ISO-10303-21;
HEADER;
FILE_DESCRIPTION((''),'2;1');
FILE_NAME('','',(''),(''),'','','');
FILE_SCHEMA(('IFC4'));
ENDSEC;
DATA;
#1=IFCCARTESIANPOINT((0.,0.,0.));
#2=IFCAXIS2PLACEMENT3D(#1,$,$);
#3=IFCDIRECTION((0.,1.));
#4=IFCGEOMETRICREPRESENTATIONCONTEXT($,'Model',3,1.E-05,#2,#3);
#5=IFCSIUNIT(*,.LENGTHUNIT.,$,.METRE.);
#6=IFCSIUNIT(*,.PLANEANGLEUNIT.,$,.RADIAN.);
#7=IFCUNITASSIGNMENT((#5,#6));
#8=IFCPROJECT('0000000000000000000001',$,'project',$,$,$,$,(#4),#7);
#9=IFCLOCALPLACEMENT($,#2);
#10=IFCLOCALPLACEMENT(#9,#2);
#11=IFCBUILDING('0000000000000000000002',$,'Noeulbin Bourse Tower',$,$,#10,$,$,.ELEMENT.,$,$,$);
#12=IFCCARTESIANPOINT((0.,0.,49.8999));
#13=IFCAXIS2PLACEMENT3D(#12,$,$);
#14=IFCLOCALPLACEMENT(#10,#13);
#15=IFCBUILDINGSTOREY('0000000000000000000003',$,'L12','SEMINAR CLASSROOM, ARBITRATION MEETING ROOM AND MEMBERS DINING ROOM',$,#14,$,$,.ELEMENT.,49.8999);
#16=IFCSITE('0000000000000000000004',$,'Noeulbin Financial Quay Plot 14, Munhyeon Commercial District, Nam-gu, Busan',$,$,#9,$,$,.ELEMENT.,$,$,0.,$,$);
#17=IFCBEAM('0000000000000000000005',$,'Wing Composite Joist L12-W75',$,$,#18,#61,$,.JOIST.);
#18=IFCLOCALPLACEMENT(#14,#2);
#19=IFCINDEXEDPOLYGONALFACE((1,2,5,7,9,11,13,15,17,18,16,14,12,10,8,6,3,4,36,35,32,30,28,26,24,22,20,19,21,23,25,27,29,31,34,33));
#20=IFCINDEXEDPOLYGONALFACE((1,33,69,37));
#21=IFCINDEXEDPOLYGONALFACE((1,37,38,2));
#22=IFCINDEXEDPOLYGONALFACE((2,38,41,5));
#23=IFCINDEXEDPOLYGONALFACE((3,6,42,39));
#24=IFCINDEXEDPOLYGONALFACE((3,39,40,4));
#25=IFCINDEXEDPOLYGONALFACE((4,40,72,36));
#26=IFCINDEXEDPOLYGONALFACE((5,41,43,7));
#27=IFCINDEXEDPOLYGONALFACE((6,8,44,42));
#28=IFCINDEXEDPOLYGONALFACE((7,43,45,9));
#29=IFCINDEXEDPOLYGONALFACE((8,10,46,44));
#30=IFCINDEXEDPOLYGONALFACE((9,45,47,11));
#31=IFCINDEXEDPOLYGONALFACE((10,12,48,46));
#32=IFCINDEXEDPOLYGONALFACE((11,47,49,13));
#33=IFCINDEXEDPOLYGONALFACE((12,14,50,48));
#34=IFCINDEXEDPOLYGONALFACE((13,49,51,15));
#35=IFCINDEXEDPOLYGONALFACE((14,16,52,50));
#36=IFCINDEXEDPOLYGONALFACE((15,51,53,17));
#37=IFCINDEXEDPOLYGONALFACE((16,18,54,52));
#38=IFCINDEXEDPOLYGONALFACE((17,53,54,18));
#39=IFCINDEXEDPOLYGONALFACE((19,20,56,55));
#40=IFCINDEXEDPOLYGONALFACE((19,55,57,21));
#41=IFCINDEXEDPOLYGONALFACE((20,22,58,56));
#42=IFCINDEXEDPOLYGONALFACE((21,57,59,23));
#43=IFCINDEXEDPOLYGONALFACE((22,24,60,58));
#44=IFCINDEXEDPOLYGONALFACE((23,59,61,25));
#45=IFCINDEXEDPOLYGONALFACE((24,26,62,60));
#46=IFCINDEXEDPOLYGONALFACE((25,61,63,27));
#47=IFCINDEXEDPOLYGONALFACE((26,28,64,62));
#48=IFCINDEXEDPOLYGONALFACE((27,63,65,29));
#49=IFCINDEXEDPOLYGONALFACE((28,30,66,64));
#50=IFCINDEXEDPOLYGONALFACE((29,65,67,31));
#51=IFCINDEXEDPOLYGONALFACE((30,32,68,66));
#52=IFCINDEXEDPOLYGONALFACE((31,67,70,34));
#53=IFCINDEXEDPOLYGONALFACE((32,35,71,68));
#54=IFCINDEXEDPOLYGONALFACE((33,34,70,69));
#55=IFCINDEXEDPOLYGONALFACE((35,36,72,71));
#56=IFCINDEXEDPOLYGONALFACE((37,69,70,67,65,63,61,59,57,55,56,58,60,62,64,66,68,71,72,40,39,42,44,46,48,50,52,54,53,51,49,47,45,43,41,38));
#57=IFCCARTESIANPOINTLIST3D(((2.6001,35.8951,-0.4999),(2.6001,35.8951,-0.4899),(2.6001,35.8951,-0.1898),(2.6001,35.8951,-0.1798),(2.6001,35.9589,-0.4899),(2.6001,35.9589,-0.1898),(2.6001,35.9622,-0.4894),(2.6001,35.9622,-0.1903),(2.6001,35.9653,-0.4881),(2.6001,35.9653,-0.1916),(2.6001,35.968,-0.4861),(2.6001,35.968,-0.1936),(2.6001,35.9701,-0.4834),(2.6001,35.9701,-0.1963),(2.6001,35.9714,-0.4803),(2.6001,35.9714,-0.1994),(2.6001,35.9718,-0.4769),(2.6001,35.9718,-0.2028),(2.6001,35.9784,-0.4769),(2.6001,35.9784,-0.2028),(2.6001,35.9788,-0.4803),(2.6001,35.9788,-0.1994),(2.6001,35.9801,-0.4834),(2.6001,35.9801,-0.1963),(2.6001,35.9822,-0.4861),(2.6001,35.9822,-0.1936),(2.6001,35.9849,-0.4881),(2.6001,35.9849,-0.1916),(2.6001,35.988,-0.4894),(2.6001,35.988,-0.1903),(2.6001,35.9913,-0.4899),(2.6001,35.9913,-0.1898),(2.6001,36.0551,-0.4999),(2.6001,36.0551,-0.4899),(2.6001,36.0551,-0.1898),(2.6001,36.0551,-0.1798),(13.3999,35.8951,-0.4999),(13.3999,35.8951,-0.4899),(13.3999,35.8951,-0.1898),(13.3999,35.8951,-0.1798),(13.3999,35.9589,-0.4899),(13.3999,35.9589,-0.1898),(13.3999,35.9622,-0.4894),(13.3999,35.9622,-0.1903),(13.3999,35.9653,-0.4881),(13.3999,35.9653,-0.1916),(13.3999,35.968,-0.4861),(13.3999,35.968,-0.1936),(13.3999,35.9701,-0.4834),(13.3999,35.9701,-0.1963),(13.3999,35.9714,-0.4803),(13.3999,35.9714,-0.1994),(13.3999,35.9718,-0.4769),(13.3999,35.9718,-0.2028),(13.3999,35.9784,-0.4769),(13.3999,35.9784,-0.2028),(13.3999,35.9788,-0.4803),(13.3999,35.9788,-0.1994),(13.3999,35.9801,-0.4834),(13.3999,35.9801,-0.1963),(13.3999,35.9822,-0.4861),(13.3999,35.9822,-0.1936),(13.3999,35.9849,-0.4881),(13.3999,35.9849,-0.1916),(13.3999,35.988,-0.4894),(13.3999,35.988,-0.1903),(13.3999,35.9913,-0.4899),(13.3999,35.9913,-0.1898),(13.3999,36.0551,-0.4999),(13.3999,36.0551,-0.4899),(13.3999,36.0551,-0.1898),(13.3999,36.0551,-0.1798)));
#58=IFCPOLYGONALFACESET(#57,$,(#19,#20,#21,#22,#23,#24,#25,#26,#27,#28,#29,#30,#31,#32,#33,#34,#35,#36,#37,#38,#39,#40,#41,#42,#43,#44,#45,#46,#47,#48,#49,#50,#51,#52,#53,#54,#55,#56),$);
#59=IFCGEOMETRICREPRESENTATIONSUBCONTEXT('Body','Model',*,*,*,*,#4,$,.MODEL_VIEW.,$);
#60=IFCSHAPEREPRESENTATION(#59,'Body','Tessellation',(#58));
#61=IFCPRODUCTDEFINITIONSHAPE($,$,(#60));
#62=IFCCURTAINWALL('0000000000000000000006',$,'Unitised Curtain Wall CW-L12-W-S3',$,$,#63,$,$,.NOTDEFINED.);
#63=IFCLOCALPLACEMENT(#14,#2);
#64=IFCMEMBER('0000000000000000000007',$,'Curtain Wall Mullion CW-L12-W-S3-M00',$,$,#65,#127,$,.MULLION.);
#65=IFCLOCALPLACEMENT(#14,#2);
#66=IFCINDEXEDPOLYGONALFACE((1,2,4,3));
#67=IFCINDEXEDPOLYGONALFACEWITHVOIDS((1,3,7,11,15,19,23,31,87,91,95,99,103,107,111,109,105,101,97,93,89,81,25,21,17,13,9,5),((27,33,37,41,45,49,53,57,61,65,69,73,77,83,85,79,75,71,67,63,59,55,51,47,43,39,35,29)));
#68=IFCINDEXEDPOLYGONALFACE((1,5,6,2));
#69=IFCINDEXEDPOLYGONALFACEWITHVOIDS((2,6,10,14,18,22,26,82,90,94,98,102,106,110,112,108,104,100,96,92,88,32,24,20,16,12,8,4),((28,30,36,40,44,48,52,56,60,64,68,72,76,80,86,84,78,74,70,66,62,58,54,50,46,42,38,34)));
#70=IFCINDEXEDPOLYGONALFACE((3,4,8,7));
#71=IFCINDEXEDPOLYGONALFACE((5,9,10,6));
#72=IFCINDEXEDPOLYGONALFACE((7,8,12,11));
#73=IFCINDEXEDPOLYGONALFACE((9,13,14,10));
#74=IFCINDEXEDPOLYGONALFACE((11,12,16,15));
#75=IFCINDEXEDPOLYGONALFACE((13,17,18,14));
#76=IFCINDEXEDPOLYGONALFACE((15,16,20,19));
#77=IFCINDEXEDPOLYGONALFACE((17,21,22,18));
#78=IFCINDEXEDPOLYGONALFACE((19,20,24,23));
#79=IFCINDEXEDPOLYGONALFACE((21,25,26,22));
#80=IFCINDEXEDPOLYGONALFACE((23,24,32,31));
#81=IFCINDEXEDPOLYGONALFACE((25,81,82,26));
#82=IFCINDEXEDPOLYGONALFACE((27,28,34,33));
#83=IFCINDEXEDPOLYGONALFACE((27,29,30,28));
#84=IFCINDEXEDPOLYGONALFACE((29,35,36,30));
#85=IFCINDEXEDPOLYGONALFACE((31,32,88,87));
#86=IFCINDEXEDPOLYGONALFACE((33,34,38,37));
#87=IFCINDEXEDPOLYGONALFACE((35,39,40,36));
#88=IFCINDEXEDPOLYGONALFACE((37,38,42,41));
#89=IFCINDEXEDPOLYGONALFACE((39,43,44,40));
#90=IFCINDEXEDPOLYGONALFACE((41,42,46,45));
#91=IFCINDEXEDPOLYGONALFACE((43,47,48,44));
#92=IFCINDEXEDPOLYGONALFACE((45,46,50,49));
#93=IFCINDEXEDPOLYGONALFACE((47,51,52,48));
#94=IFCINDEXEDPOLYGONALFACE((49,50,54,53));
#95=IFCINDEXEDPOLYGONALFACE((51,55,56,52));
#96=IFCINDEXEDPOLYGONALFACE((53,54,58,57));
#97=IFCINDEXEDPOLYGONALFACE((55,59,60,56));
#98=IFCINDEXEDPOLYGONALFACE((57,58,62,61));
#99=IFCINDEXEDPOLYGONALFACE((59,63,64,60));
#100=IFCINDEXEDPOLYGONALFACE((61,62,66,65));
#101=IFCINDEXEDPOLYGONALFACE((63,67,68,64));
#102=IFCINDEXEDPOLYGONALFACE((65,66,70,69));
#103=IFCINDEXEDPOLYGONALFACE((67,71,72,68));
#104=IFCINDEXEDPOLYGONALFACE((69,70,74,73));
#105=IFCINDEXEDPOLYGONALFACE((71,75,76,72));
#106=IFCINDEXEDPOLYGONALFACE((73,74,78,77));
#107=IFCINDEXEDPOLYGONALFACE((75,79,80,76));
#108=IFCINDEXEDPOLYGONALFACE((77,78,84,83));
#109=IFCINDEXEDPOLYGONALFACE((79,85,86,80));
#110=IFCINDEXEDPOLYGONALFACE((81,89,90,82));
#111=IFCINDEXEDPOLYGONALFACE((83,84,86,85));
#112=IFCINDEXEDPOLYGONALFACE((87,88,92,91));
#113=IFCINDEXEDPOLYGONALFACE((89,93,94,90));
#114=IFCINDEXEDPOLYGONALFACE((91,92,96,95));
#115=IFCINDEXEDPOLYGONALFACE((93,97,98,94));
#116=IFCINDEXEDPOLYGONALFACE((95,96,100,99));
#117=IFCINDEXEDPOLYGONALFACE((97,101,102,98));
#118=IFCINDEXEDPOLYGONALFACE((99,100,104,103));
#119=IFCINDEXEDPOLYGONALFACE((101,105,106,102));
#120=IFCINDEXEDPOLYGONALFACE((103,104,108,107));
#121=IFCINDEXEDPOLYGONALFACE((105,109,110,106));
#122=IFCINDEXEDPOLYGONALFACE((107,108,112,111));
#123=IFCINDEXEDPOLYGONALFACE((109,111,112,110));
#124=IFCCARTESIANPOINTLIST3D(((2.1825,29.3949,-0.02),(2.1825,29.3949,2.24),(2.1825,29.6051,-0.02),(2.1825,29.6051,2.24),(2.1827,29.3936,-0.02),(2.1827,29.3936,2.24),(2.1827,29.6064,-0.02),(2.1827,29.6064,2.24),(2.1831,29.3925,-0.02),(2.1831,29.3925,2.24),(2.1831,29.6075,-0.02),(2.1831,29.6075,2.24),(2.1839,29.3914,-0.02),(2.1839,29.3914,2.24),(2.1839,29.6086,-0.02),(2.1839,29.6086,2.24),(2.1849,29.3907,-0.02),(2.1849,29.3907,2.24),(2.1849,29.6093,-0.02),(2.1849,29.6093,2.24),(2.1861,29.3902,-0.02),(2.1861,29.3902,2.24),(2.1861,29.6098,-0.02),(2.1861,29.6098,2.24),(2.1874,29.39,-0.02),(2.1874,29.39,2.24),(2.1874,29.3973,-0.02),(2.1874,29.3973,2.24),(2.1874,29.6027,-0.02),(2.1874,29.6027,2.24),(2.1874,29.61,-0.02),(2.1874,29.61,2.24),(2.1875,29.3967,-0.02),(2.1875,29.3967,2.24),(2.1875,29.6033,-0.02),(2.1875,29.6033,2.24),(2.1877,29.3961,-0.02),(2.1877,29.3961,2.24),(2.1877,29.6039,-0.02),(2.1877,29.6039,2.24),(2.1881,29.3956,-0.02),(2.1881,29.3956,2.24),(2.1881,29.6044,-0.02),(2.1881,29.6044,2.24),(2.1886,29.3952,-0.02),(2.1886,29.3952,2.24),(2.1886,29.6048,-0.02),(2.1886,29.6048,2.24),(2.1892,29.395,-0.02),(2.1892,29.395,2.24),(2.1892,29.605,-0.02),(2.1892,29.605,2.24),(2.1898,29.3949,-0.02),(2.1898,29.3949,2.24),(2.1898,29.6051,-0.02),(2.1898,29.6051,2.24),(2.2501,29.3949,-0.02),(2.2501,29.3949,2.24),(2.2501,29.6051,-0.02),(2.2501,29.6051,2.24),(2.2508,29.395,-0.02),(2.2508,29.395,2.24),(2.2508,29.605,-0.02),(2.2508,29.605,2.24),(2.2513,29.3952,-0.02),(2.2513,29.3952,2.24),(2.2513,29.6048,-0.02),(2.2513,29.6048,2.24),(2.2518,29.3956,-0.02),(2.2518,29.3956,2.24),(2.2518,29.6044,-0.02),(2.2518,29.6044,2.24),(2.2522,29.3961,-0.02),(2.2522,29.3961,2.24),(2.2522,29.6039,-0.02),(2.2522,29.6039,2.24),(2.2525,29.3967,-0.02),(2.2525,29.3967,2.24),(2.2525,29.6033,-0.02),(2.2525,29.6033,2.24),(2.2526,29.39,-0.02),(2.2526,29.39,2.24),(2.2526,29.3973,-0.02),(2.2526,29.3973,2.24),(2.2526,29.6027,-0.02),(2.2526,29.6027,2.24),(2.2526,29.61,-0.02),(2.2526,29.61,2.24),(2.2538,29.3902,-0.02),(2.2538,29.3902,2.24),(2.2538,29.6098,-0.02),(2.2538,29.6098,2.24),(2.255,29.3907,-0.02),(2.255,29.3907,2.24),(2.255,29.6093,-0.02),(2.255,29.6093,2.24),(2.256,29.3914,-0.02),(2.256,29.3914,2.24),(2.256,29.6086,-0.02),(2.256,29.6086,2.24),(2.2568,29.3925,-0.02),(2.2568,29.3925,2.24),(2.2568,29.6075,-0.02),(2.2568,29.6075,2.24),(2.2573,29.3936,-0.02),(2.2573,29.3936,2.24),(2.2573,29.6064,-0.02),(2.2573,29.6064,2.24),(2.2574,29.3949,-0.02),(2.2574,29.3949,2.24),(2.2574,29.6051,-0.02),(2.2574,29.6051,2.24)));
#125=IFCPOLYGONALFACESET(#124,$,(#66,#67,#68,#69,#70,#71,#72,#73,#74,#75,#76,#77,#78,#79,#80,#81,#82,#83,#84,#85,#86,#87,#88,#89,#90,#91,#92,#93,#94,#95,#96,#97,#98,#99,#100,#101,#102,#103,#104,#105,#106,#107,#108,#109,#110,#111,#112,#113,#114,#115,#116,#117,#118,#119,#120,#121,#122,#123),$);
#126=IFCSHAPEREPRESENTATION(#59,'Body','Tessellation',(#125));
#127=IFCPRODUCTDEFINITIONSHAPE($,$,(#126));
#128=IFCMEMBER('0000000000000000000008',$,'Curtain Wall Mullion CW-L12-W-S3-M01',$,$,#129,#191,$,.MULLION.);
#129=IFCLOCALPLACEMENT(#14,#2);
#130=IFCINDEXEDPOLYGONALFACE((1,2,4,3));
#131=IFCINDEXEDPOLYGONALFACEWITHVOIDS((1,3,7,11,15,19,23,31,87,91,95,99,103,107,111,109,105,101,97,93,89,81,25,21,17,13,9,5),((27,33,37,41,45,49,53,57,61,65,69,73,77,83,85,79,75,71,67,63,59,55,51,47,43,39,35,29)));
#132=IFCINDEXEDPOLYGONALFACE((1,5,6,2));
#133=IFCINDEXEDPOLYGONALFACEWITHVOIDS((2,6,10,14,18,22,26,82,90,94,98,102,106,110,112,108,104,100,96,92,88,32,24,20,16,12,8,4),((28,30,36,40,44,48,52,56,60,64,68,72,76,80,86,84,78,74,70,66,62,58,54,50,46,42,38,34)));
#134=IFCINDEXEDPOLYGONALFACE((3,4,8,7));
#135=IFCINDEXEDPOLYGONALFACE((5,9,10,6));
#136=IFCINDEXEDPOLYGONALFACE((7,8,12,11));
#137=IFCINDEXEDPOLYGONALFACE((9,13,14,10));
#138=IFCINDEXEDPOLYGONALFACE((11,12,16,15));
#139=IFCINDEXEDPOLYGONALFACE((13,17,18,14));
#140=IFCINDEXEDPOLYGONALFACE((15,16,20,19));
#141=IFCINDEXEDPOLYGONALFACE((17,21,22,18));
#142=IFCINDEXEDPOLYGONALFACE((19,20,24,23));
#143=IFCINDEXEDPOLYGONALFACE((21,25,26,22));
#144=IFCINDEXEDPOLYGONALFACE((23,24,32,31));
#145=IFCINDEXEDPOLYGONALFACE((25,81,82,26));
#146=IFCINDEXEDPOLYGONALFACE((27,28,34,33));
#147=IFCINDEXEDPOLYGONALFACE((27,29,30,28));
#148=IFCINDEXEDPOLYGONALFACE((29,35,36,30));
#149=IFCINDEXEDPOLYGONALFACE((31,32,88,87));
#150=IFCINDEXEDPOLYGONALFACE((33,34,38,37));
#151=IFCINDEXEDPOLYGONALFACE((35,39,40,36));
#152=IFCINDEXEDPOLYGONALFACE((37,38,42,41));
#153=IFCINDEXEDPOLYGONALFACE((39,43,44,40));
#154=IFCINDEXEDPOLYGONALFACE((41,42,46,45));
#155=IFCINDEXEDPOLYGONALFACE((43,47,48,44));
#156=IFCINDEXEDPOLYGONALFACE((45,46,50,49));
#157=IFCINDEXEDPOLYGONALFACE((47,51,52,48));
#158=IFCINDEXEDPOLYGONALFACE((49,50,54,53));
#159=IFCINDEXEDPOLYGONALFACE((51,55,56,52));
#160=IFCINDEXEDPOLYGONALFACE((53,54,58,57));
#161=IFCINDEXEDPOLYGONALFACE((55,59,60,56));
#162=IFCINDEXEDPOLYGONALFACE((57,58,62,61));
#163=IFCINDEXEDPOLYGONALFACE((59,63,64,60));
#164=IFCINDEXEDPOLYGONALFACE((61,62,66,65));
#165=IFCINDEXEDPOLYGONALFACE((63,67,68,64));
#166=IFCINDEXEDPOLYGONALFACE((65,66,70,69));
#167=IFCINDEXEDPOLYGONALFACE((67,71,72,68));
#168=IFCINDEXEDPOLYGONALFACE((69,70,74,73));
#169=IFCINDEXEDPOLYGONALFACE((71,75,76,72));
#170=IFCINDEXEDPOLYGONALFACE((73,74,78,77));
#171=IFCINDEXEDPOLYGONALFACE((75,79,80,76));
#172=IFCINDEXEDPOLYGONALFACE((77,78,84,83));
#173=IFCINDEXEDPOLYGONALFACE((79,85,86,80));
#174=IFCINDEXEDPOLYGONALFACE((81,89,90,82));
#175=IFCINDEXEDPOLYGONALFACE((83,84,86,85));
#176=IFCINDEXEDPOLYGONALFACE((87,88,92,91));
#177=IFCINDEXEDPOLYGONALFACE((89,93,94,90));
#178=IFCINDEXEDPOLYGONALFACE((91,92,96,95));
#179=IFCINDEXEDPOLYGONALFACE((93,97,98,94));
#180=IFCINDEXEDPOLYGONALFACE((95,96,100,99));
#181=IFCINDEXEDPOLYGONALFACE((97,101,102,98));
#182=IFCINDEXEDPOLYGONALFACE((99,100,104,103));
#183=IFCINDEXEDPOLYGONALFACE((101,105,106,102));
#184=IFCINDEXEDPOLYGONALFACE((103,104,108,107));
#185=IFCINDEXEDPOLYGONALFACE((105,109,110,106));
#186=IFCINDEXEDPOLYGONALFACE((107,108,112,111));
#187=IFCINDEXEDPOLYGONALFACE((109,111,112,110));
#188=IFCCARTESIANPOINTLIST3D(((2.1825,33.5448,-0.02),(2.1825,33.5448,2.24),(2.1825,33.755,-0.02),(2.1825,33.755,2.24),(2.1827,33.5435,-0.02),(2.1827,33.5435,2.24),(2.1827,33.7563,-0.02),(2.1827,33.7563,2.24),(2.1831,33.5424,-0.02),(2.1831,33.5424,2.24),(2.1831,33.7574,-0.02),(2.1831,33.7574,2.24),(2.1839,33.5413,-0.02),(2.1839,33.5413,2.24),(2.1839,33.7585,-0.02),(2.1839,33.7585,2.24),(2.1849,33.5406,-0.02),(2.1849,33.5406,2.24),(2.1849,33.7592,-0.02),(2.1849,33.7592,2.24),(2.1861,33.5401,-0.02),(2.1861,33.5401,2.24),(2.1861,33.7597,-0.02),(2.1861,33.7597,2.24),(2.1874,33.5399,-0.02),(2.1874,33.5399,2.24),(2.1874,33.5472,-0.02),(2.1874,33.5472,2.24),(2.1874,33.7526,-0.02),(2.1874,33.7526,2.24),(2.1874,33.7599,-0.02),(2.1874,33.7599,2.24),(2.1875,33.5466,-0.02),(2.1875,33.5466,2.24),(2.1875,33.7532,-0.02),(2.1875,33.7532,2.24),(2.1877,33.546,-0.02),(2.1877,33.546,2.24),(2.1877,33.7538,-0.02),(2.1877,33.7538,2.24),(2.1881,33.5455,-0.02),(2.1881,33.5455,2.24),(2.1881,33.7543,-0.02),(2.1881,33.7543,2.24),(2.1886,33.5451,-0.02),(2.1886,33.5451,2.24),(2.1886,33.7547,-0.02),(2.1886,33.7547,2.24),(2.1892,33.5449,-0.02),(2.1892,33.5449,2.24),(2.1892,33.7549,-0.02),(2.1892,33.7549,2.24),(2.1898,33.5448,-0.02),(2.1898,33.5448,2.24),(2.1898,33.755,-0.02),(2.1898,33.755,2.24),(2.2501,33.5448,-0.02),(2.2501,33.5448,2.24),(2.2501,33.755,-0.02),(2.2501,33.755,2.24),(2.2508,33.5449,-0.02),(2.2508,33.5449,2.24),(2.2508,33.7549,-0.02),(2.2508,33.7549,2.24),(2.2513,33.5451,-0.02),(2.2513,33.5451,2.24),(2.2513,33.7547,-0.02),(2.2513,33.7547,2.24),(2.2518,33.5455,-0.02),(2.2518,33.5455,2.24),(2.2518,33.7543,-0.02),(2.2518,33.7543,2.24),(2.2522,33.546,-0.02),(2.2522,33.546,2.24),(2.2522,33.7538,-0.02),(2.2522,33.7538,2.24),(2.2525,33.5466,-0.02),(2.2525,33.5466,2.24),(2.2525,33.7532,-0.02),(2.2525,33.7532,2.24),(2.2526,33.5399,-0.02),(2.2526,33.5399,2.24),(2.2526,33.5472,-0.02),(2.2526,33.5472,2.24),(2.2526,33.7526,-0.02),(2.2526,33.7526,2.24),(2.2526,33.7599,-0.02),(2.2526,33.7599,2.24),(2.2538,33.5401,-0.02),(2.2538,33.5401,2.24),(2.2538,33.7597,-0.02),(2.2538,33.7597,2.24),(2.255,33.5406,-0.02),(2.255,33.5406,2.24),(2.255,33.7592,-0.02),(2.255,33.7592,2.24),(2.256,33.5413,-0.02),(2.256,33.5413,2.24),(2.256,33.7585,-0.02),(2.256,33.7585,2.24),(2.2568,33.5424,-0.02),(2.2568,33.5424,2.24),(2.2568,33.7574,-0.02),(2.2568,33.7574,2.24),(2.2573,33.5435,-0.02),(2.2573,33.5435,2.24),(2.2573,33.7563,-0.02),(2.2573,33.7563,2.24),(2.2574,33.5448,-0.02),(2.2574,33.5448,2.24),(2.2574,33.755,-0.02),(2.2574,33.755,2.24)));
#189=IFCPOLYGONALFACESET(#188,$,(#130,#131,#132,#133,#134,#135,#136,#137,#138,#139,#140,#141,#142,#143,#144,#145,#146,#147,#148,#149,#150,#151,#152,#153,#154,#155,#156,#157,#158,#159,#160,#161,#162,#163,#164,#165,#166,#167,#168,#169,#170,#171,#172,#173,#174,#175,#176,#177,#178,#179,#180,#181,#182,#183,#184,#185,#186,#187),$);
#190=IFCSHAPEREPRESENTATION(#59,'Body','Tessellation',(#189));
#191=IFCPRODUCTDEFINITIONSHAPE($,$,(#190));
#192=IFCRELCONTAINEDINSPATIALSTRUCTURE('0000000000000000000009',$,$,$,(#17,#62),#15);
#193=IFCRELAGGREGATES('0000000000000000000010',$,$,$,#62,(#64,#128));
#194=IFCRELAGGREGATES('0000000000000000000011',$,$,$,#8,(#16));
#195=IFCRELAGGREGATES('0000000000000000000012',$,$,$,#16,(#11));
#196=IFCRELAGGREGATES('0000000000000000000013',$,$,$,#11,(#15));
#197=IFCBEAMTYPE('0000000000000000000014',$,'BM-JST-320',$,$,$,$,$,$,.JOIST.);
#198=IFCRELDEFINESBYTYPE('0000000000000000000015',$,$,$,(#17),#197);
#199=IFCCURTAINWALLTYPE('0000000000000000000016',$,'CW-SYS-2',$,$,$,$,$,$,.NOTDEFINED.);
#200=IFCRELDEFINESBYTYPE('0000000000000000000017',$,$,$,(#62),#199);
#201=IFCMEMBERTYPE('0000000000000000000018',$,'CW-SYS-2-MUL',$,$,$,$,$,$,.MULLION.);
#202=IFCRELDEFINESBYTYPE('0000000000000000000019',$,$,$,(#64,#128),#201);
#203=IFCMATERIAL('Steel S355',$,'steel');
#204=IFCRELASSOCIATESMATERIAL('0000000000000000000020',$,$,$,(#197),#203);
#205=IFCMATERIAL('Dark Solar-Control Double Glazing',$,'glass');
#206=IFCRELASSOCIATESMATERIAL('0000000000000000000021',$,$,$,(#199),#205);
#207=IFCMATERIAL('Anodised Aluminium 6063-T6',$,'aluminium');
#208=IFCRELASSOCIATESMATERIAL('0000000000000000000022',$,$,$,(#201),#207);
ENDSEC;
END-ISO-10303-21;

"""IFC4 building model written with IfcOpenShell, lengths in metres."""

from ifc_helpers import new_model, si_unit, direction, frame, origin, origin_2d, place, context, subcontext, project, spatial, hollow_rectangle, i_section, extrude, material, material_profile, profile_set, type_object, element, aggregate, save


model = new_model("IFC4")

# Units and contexts
model_context = context("Model", 3, precision=1e-05, world=origin(), true_north=direction((0.0, 1.0)))
body_context = subcontext(model_context, "Body", "Model", "MODEL_VIEW")
ifc_project = project(units=[si_unit("LENGTHUNIT", "METRE"), si_unit("PLANEANGLEUNIT", "RADIAN")], contexts=[model_context])

# Site, building, storey
site_placement = place(None, origin())
site = spatial("IfcSite", under=ifc_project, at=site_placement, Name="Noeulbin Financial Quay Plot 14, Munhyeon Commercial District, Nam-gu, Busan", CompositionType="ELEMENT", RefElevation=0.0)
building_placement = place(site_placement, origin())
building = spatial("IfcBuilding", under=site, at=building_placement, Name="Noeulbin Bourse Tower", CompositionType="ELEMENT")
storey_placement = place(building_placement, frame((0.0, 0.0, 49.8999)))
storey = spatial("IfcBuildingStorey", under=building, at=storey_placement, Name="L12", Description="SEMINAR CLASSROOM, ARBITRATION MEETING ROOM AND MEMBERS DINING ROOM", CompositionType="ELEMENT", Elevation=49.8999)

# Beam
ifc_material_1 = material(Name="Steel S355", Category="steel")
ifc_material_profile_1 = material_profile(ifc_material_1, i_section(OverallWidth=0.1599, OverallDepth=0.3201, WebThickness=0.0066, FlangeThickness=0.01, FilletRadius=0.0129, at=origin_2d()), Name="H-320x160x6.5x10", Category="LoadBearing")
ifc_profile_set_1 = profile_set([ifc_material_profile_1], Name="Steel S355")
beam_type = type_object("IfcBeamType", Name="BM-JST-320", PredefinedType="JOIST", material=ifc_profile_set_1)
for number, where, z_axis, x_axis, name in (
    (1, (2.6001, 35.9751, -0.3398), (1.0, 0.0, 0.0), (0.0, 1.0, 0.0), "Wing Composite Joist L12-W75"),
):
    element("IfcBeam", number, at=place(storey_placement, frame(where, z_axis=z_axis, x_axis=x_axis)), inside=storey, type_object=beam_type, Name=name, PredefinedType="JOIST", context=body_context, shape_type="SweptSolid", body=[
        extrude(i_section(OverallWidth=0.1599, OverallDepth=0.3201, WebThickness=0.0066, FlangeThickness=0.01, FilletRadius=0.0129, at=origin_2d()), origin(), (0.0, 0.0, 1.0), 10.7998),
    ])

# Curtain wall, members
ifc_material_2 = material(Name="Dark Solar-Control Double Glazing", Category="glass")
curtain_wall_type = type_object("IfcCurtainWallType", Name="CW-SYS-2", PredefinedType="NOTDEFINED", material=ifc_material_2)
curtain_wall_placement = place(storey_placement, origin())
curtain_wall = element("IfcCurtainWall", 2, at=curtain_wall_placement, inside=storey, type_object=curtain_wall_type, Name="Unitised Curtain Wall CW-L12-W-S3", PredefinedType="NOTDEFINED")
ifc_material_3 = material(Name="Anodised Aluminium 6063-T6", Category="aluminium")
ifc_material_profile_2 = material_profile(ifc_material_3, hollow_rectangle(XDim=0.075, YDim=0.22, WallThickness=0.0049, InnerFilletRadius=0.0024, OuterFilletRadius=0.0049, at=origin_2d()), Name="ALU-MULL-75x220x5", Category="LoadBearing")
ifc_profile_set_2 = profile_set([ifc_material_profile_2], Name="Anodised Aluminium 6063-T6")
member_type_1 = type_object("IfcMemberType", Name="CW-SYS-2-MUL", PredefinedType="MULLION", material=ifc_profile_set_2)
member_1_placement = place(storey_placement, frame((2.22, 29.5, -0.02), z_axis=(0.0, 0.0, 1.0), x_axis=(1.0, 0.0, 0.0)))
member_1 = element("IfcMember", 3, at=member_1_placement, type_object=member_type_1, Name="Curtain Wall Mullion CW-L12-W-S3-M00", PredefinedType="MULLION", context=body_context, shape_type="SweptSolid", body=[
    extrude(hollow_rectangle(XDim=0.075, YDim=0.22, WallThickness=0.0049, InnerFilletRadius=0.0024, OuterFilletRadius=0.0049, at=origin_2d()), origin(), (0.0, 0.0, 1.0), 2.26),
])
member_2_placement = place(storey_placement, frame((2.22, 33.6499, -0.02), z_axis=(0.0, 0.0, 1.0), x_axis=(1.0, 0.0, 0.0)))
member_2 = element("IfcMember", 4, at=member_2_placement, type_object=member_type_1, Name="Curtain Wall Mullion CW-L12-W-S3-M01", PredefinedType="MULLION", context=body_context, shape_type="SweptSolid", body=[
    extrude(hollow_rectangle(XDim=0.075, YDim=0.22, WallThickness=0.0049, InnerFilletRadius=0.0024, OuterFilletRadius=0.0049, at=origin_2d()), origin(), (0.0, 0.0, 1.0), 2.26),
])
aggregate(curtain_wall, [member_1, member_2])

save(model, "model.ifc")
